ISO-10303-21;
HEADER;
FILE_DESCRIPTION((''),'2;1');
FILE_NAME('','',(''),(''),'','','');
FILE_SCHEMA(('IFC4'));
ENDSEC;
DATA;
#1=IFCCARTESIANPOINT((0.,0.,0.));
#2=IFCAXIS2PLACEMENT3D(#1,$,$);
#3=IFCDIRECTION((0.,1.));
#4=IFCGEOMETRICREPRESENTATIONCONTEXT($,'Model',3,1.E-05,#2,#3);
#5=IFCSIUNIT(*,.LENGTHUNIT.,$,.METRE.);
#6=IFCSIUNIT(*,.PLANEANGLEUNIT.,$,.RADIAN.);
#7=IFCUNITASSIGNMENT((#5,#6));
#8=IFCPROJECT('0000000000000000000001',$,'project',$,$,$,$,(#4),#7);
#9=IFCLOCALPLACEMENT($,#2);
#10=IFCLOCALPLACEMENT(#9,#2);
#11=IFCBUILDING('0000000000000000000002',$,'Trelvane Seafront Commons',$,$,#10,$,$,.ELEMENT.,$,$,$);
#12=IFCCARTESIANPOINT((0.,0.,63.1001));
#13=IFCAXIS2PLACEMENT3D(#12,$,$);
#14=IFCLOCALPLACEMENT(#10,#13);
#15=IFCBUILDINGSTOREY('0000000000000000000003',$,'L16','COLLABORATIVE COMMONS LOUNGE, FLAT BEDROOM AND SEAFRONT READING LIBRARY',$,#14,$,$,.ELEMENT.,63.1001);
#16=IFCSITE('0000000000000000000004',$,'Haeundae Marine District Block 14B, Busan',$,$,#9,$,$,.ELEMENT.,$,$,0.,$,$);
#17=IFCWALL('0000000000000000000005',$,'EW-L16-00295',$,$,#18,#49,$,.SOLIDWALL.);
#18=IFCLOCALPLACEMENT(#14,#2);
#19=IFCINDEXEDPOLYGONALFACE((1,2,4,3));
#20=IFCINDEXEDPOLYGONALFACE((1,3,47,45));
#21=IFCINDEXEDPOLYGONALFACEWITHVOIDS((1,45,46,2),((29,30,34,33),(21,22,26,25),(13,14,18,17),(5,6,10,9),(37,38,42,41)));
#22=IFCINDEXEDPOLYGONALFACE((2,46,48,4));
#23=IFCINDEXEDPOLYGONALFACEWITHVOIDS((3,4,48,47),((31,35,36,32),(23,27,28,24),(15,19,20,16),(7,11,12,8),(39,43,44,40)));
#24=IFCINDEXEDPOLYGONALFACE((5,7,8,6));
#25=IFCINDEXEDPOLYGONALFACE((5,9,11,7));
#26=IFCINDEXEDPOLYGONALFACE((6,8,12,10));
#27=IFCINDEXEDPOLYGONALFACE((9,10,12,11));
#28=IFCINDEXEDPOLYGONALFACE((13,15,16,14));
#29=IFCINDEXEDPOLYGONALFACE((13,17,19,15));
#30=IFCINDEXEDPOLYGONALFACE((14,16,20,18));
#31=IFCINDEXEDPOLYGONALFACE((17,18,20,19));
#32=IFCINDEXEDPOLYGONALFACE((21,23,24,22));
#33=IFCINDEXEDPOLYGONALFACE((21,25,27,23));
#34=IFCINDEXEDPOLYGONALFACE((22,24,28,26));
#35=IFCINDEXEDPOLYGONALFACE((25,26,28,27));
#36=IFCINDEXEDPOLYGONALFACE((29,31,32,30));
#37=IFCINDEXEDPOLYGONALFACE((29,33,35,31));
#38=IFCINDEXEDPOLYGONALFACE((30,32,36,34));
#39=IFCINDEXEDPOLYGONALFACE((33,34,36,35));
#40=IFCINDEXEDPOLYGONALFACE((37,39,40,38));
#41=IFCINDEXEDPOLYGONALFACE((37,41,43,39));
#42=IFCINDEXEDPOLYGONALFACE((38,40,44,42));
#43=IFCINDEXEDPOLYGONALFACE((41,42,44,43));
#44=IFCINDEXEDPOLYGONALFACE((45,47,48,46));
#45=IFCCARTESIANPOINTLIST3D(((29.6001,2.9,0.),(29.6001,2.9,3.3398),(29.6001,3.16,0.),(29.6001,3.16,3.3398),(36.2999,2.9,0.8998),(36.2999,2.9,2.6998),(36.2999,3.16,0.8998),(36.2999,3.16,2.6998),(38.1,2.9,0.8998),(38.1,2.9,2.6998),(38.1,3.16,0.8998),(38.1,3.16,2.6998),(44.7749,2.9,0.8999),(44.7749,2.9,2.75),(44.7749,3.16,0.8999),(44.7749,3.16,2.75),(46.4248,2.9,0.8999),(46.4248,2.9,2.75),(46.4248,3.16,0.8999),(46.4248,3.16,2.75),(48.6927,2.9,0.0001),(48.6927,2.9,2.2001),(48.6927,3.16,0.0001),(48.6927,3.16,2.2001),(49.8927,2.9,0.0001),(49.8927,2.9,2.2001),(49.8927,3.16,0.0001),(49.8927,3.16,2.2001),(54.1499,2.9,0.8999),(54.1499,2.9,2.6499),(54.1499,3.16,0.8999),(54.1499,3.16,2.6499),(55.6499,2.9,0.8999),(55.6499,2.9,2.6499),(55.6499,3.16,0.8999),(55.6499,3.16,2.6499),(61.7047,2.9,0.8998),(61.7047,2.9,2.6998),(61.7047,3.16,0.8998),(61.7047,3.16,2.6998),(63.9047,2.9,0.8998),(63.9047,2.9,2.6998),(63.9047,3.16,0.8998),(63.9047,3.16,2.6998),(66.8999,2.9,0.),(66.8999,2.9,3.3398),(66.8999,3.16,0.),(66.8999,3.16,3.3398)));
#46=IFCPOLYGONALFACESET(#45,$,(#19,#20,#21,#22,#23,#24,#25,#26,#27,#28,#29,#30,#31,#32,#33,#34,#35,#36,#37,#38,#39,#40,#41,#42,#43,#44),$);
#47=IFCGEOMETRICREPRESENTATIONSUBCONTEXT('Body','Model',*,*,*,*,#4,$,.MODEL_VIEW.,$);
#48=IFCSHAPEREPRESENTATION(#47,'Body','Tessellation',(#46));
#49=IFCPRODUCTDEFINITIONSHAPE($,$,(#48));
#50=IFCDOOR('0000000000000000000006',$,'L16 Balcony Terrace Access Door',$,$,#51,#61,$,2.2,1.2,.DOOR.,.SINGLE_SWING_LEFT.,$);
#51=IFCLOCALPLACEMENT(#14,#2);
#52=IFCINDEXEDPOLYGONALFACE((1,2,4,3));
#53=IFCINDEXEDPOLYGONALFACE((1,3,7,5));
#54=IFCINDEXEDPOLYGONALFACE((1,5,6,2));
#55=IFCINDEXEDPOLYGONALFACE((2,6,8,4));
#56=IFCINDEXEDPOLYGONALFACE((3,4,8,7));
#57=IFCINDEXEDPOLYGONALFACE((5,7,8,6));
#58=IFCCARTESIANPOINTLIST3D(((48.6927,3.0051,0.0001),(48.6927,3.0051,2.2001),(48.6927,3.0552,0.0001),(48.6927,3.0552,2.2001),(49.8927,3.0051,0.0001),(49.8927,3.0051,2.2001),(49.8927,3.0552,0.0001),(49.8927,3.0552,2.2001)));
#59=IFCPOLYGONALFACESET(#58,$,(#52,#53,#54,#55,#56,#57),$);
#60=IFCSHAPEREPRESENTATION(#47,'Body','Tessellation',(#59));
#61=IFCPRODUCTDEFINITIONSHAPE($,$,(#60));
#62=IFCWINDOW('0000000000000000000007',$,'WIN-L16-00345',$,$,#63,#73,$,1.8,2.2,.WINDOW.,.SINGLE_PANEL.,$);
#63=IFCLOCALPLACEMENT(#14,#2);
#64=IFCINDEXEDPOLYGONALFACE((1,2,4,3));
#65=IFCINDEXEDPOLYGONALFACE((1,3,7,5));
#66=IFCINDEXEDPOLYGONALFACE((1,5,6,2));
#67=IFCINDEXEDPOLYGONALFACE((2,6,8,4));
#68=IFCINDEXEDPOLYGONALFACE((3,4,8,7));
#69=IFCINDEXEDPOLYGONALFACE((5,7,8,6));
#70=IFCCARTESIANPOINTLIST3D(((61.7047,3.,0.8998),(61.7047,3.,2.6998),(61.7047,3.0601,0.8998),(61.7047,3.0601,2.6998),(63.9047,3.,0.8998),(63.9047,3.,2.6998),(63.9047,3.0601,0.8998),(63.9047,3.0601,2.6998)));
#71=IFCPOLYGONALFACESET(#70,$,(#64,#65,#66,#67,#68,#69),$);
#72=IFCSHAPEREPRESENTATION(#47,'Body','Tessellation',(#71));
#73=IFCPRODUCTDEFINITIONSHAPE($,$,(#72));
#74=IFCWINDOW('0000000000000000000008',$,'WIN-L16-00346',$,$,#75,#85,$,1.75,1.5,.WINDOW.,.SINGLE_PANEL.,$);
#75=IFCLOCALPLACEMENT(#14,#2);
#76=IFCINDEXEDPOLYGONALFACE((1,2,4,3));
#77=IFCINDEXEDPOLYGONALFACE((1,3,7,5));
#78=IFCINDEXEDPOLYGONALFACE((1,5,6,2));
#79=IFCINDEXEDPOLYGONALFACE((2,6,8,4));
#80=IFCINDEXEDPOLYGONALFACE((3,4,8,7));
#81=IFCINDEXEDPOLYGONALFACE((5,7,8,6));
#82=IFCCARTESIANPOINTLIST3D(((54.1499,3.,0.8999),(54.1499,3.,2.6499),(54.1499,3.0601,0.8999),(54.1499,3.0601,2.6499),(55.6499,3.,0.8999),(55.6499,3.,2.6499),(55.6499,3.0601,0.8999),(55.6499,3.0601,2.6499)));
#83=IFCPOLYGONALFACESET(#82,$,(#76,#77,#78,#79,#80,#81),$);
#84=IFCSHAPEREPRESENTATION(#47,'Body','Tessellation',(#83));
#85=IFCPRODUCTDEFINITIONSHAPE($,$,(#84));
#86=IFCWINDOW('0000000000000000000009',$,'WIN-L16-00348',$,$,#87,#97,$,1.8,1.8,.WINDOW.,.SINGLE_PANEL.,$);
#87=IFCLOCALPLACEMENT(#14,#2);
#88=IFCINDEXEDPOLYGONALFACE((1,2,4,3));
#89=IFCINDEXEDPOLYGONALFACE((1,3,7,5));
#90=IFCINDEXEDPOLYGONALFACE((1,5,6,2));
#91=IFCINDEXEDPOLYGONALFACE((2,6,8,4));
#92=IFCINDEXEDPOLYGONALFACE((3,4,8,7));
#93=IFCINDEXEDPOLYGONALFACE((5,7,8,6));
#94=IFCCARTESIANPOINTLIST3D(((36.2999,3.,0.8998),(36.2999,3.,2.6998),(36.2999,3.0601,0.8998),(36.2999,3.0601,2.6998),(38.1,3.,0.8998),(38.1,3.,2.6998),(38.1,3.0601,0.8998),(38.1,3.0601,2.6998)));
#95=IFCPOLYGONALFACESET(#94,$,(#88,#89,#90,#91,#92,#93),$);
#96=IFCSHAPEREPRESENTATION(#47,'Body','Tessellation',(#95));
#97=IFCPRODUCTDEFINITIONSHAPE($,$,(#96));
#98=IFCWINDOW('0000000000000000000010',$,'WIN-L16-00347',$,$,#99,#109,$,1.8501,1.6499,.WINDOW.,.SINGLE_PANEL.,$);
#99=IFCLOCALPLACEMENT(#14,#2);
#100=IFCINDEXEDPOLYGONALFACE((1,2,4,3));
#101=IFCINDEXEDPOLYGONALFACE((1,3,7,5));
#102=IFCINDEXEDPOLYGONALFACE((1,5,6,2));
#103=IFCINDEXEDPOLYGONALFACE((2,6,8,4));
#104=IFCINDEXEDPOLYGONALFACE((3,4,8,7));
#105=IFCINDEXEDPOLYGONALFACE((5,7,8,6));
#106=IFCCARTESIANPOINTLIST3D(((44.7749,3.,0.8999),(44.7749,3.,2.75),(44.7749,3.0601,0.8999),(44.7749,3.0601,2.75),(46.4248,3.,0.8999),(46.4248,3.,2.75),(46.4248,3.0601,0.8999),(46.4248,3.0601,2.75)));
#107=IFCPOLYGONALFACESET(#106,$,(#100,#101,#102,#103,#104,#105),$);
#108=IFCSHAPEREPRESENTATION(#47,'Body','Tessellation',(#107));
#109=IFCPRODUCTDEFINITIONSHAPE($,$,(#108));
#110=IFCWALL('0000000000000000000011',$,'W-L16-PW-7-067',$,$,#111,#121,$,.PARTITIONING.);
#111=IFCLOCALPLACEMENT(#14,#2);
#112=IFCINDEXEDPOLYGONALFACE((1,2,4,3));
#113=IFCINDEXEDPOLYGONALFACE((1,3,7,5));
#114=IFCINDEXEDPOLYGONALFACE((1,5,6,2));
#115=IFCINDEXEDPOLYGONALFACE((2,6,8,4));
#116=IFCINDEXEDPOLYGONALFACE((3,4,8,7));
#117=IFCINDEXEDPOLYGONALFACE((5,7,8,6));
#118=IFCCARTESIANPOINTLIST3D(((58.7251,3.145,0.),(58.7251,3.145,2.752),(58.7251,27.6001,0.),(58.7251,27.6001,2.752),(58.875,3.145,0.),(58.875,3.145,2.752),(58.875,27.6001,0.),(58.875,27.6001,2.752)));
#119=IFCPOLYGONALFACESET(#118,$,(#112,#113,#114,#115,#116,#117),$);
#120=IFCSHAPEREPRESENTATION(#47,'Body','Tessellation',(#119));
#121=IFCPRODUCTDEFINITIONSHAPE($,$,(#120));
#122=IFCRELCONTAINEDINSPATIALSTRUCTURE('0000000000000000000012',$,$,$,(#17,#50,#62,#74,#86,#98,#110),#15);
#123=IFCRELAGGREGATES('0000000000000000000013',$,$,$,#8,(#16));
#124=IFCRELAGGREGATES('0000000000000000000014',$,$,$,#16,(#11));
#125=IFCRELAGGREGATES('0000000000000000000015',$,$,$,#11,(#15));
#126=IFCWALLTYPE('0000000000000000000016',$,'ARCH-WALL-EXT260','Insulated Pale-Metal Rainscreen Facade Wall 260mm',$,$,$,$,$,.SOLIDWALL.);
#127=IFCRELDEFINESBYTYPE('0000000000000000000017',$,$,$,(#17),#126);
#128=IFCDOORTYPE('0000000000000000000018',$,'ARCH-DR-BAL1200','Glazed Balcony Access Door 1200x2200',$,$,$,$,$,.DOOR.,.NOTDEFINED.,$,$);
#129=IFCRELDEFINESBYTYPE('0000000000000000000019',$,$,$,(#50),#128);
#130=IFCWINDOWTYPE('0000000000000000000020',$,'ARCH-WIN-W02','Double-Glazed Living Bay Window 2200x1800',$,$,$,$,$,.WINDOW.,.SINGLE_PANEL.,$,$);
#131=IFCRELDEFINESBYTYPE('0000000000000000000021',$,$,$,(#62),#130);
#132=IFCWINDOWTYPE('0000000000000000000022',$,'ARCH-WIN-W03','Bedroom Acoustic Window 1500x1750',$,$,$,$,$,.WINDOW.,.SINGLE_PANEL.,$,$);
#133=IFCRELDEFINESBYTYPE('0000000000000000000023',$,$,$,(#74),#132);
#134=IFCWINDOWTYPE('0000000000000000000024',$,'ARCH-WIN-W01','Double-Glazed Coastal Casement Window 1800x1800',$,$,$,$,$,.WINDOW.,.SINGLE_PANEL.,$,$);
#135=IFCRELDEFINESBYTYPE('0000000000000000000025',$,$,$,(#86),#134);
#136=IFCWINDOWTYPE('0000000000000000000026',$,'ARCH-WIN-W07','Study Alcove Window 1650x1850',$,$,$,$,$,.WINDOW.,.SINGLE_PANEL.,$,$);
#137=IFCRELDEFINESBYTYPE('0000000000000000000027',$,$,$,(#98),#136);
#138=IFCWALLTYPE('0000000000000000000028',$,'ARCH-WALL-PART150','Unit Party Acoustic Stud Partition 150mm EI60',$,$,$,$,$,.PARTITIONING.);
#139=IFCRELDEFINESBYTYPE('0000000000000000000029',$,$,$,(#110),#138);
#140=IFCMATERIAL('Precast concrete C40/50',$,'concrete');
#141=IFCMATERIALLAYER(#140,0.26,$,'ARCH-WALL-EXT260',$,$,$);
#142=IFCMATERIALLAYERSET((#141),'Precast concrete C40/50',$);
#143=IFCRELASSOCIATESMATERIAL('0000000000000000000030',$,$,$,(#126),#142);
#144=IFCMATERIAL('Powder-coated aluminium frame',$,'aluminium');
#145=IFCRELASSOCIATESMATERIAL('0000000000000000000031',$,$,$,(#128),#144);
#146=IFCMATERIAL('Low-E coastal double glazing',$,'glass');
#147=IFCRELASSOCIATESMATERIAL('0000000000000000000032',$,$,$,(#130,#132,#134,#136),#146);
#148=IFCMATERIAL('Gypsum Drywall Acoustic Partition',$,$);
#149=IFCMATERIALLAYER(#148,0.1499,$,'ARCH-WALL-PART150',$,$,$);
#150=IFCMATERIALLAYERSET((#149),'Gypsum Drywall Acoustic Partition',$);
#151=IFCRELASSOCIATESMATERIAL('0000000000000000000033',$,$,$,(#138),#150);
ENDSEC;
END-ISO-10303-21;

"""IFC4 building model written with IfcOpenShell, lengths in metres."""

from ifc_helpers import new_model, si_unit, direction, frame, frame_2d, origin, place, context, subcontext, project, spatial, rectangle, extrude, source, transform, mapped, material, layer, layer_set, type_object, element, fill, save


model = new_model("IFC4")

# Units and contexts
model_context = context("Model", 3, precision=1e-05, world=origin(), true_north=direction((0.0, 1.0)))
body_context = subcontext(model_context, "Body", "Model", "MODEL_VIEW")
ifc_project = project(units=[si_unit("LENGTHUNIT", "METRE"), si_unit("PLANEANGLEUNIT", "RADIAN")], contexts=[model_context])

# Site, building, storey
site_placement = place(None, origin())
site = spatial("IfcSite", under=ifc_project, at=site_placement, Name="Haeundae Marine District Block 14B, Busan", CompositionType="ELEMENT", RefElevation=0.0)
building_placement = place(site_placement, origin())
building = spatial("IfcBuilding", under=site, at=building_placement, Name="Trelvane Seafront Commons", CompositionType="ELEMENT")
storey_placement = place(building_placement, frame((0.0, 0.0, 63.1001)))
storey = spatial("IfcBuildingStorey", under=building, at=storey_placement, Name="L16", Description="COLLABORATIVE COMMONS LOUNGE, FLAT BEDROOM AND SEAFRONT READING LIBRARY", CompositionType="ELEMENT", Elevation=63.1001)

# Shared definitions
ifc_material_1 = material(Name="Precast concrete C40/50", Category="concrete")
ifc_layer_1 = layer(ifc_material_1, 0.26, Name="ARCH-WALL-EXT260")
ifc_layer_set_1 = layer_set([ifc_layer_1], Name="Precast concrete C40/50")
wall_type_1 = type_object("IfcWallType", Name="ARCH-WALL-EXT260", Description="Insulated Pale-Metal Rainscreen Facade Wall 260mm", PredefinedType="SOLIDWALL", material=ifc_layer_set_1)

# Wall, openings, door, windows
wall_1_placement = place(storey_placement, frame((66.8999, 3.03, 0.0), z_axis=(0.0, 0.0, 1.0), x_axis=(-1.0, 0.0, 0.0)))
wall_1 = element("IfcWall", 1, at=wall_1_placement, inside=storey, type_object=wall_type_1, Name="EW-L16-00295", PredefinedType="SOLIDWALL", context=body_context, shape_type="SweptSolid", body=[
    extrude(rectangle(XDim=37.2998, YDim=0.26, at=frame_2d((18.6499, 0.0))), origin(), (0.0, 0.0, 1.0), 3.3398),
])
opening_1_placement = place(wall_1_placement, frame((2.9951, 0.0, 0.8999)))
opening_1 = element("IfcOpeningElement", 2, at=opening_1_placement, cuts=wall_1, PredefinedType="OPENING", context=body_context, shape_type="SweptSolid", body=[
    extrude(rectangle(XDim=2.2, YDim=1.8, at=frame_2d((1.1001, 0.8999))), frame((0.0, 0.1399, 0.0), z_axis=(0.0, -1.0, 0.0), x_axis=(1.0, 0.0, 0.0)), (0.0, 0.0, 1.0), 0.28),
])
opening_2_placement = place(wall_1_placement, frame((11.25, 0.0, 0.8999)))
opening_2 = element("IfcOpeningElement", 3, at=opening_2_placement, cuts=wall_1, PredefinedType="OPENING", context=body_context, shape_type="SweptSolid", body=[
    extrude(rectangle(XDim=1.5, YDim=1.75, at=frame_2d((0.75, 0.875))), frame((0.0, 0.1399, 0.0), z_axis=(0.0, -1.0, 0.0), x_axis=(1.0, 0.0, 0.0)), (0.0, 0.0, 1.0), 0.28),
])
opening_3_placement = place(wall_1_placement, frame((17.0071, 0.0, 0.0)))
opening_3 = element("IfcOpeningElement", 4, at=opening_3_placement, cuts=wall_1, PredefinedType="OPENING", context=body_context, shape_type="SweptSolid", body=[
    extrude(rectangle(XDim=1.2, YDim=2.2, at=frame_2d((0.6001, 1.1001))), frame((0.0, 0.1399, 0.0), z_axis=(0.0, -1.0, 0.0), x_axis=(1.0, 0.0, 0.0)), (0.0, 0.0, 1.0), 0.28),
])
opening_4_placement = place(wall_1_placement, frame((20.4751, 0.0, 0.8999)))
opening_4 = element("IfcOpeningElement", 5, at=opening_4_placement, cuts=wall_1, PredefinedType="OPENING", context=body_context, shape_type="SweptSolid", body=[
    extrude(rectangle(XDim=1.6499, YDim=1.8501, at=frame_2d((0.825, 0.925))), frame((0.0, 0.1399, 0.0), z_axis=(0.0, -1.0, 0.0), x_axis=(1.0, 0.0, 0.0)), (0.0, 0.0, 1.0), 0.28),
])
opening_5_placement = place(wall_1_placement, frame((28.8, 0.0, 0.8999)))
opening_5 = element("IfcOpeningElement", 6, at=opening_5_placement, cuts=wall_1, PredefinedType="OPENING", context=body_context, shape_type="SweptSolid", body=[
    extrude(rectangle(XDim=1.8, YDim=1.8, at=frame_2d((0.8999, 0.8999))), frame((0.0, 0.1399, 0.0), z_axis=(0.0, -1.0, 0.0), x_axis=(1.0, 0.0, 0.0)), (0.0, 0.0, 1.0), 0.28),
])
ifc_material_2 = material(Name="Powder-coated aluminium frame", Category="aluminium")
door_type = type_object("IfcDoorType", Name="ARCH-DR-BAL1200", Description="Glazed Balcony Access Door 1200x2200", OperationType="NOTDEFINED", PredefinedType="DOOR", material=ifc_material_2)
shared_shape_1 = source(origin(), body_context, "Body", "SweptSolid", [
    extrude(rectangle(XDim=1.2, YDim=2.2, at=frame_2d((0.6001, 1.1001))), frame((0.0, 0.0249, 0.0), z_axis=(0.0, -1.0, 0.0), x_axis=(1.0, 0.0, 0.0)), (0.0, 0.0, 1.0), 0.05),
])
door_placement = place(opening_3_placement, origin())
door = element("IfcDoor", 7, at=door_placement, inside=storey, type_object=door_type, Name="L16 Balcony Terrace Access Door", OperationType="SINGLE_SWING_LEFT", OverallHeight=2.2, OverallWidth=1.2, PredefinedType="DOOR", context=body_context, shape_type="MappedRepresentation", body=[
    mapped(shared_shape_1, transform((0.0, 0.0, 0.0), x_axis=(1.0, 0.0, 0.0), y_axis=(0.0, 1.0, 0.0), z_axis=(0.0, 0.0, 1.0), scale=1.0)),
])
fill(opening_3, door)
ifc_material_3 = material(Name="Low-E coastal double glazing", Category="glass")
window_type_1 = type_object("IfcWindowType", Name="ARCH-WIN-W02", Description="Double-Glazed Living Bay Window 2200x1800", PartitioningType="SINGLE_PANEL", PredefinedType="WINDOW", material=ifc_material_3)
shared_shape_2 = source(origin(), body_context, "Body", "SweptSolid", [
    extrude(rectangle(XDim=2.2, YDim=1.8, at=frame_2d((1.1001, 0.8999))), frame((0.0, 0.03, 0.0), z_axis=(0.0, -1.0, 0.0), x_axis=(1.0, 0.0, 0.0)), (0.0, 0.0, 1.0), 0.0601),
])
window_1_placement = place(opening_1_placement, origin())
window_1 = element("IfcWindow", 8, at=window_1_placement, inside=storey, type_object=window_type_1, Name="WIN-L16-00345", OverallHeight=1.8, OverallWidth=2.2, PartitioningType="SINGLE_PANEL", PredefinedType="WINDOW", context=body_context, shape_type="MappedRepresentation", body=[
    mapped(shared_shape_2, transform((0.0, 0.0, 0.0), x_axis=(1.0, 0.0, 0.0), y_axis=(0.0, 1.0, 0.0), z_axis=(0.0, 0.0, 1.0), scale=1.0)),
])
fill(opening_1, window_1)
window_type_2 = type_object("IfcWindowType", Name="ARCH-WIN-W03", Description="Bedroom Acoustic Window 1500x1750", PartitioningType="SINGLE_PANEL", PredefinedType="WINDOW", material=ifc_material_3)
shared_shape_3 = source(origin(), body_context, "Body", "SweptSolid", [
    extrude(rectangle(XDim=1.5, YDim=1.75, at=frame_2d((0.75, 0.875))), frame((0.0, 0.03, 0.0), z_axis=(0.0, -1.0, 0.0), x_axis=(1.0, 0.0, 0.0)), (0.0, 0.0, 1.0), 0.0601),
])
window_2_placement = place(opening_2_placement, origin())
window_2 = element("IfcWindow", 9, at=window_2_placement, inside=storey, type_object=window_type_2, Name="WIN-L16-00346", OverallHeight=1.75, OverallWidth=1.5, PartitioningType="SINGLE_PANEL", PredefinedType="WINDOW", context=body_context, shape_type="MappedRepresentation", body=[
    mapped(shared_shape_3, transform((0.0, 0.0, 0.0), x_axis=(1.0, 0.0, 0.0), y_axis=(0.0, 1.0, 0.0), z_axis=(0.0, 0.0, 1.0), scale=1.0)),
])
fill(opening_2, window_2)
window_type_3 = type_object("IfcWindowType", Name="ARCH-WIN-W01", Description="Double-Glazed Coastal Casement Window 1800x1800", PartitioningType="SINGLE_PANEL", PredefinedType="WINDOW", material=ifc_material_3)
shared_shape_4 = source(origin(), body_context, "Body", "SweptSolid", [
    extrude(rectangle(XDim=1.8, YDim=1.8, at=frame_2d((0.8999, 0.8999))), frame((0.0, 0.03, 0.0), z_axis=(0.0, -1.0, 0.0), x_axis=(1.0, 0.0, 0.0)), (0.0, 0.0, 1.0), 0.0601),
])
window_3_placement = place(opening_5_placement, origin())
window_3 = element("IfcWindow", 10, at=window_3_placement, inside=storey, type_object=window_type_3, Name="WIN-L16-00348", OverallHeight=1.8, OverallWidth=1.8, PartitioningType="SINGLE_PANEL", PredefinedType="WINDOW", context=body_context, shape_type="MappedRepresentation", body=[
    mapped(shared_shape_4, transform((0.0, 0.0, 0.0), x_axis=(1.0, 0.0, 0.0), y_axis=(0.0, 1.0, 0.0), z_axis=(0.0, 0.0, 1.0), scale=1.0)),
])
fill(opening_5, window_3)
window_type_4 = type_object("IfcWindowType", Name="ARCH-WIN-W07", Description="Study Alcove Window 1650x1850", PartitioningType="SINGLE_PANEL", PredefinedType="WINDOW", material=ifc_material_3)
shared_shape_5 = source(origin(), body_context, "Body", "SweptSolid", [
    extrude(rectangle(XDim=1.6499, YDim=1.8501, at=frame_2d((0.825, 0.925))), frame((0.0, 0.03, 0.0), z_axis=(0.0, -1.0, 0.0), x_axis=(1.0, 0.0, 0.0)), (0.0, 0.0, 1.0), 0.0601),
])
window_4_placement = place(opening_4_placement, origin())
window_4 = element("IfcWindow", 11, at=window_4_placement, inside=storey, type_object=window_type_4, Name="WIN-L16-00347", OverallHeight=1.8501, OverallWidth=1.6499, PartitioningType="SINGLE_PANEL", PredefinedType="WINDOW", context=body_context, shape_type="MappedRepresentation", body=[
    mapped(shared_shape_5, transform((0.0, 0.0, 0.0), x_axis=(1.0, 0.0, 0.0), y_axis=(0.0, 1.0, 0.0), z_axis=(0.0, 0.0, 1.0), scale=1.0)),
])
fill(opening_4, window_4)

# Wall
ifc_material_4 = material(Name="Gypsum Drywall Acoustic Partition")
ifc_layer_2 = layer(ifc_material_4, 0.1499, Name="ARCH-WALL-PART150")
ifc_layer_set_2 = layer_set([ifc_layer_2], Name="Gypsum Drywall Acoustic Partition")
wall_type_2 = type_object("IfcWallType", Name="ARCH-WALL-PART150", Description="Unit Party Acoustic Stud Partition 150mm EI60", PredefinedType="PARTITIONING", material=ifc_layer_set_2)
wall_2_placement = place(storey_placement, frame((58.8, 3.145, 0.0), z_axis=(0.0, 0.0, 1.0), x_axis=(0.0, 1.0, 0.0)))
element("IfcWall", 12, at=wall_2_placement, inside=storey, type_object=wall_type_2, Name="W-L16-PW-7-067", PredefinedType="PARTITIONING", context=body_context, shape_type="SweptSolid", body=[
    extrude(rectangle(XDim=24.4551, YDim=0.1499, at=frame_2d((12.2275, 0.0))), origin(), (0.0, 0.0, 1.0), 2.752),
])

save(model, "model.ifc")
